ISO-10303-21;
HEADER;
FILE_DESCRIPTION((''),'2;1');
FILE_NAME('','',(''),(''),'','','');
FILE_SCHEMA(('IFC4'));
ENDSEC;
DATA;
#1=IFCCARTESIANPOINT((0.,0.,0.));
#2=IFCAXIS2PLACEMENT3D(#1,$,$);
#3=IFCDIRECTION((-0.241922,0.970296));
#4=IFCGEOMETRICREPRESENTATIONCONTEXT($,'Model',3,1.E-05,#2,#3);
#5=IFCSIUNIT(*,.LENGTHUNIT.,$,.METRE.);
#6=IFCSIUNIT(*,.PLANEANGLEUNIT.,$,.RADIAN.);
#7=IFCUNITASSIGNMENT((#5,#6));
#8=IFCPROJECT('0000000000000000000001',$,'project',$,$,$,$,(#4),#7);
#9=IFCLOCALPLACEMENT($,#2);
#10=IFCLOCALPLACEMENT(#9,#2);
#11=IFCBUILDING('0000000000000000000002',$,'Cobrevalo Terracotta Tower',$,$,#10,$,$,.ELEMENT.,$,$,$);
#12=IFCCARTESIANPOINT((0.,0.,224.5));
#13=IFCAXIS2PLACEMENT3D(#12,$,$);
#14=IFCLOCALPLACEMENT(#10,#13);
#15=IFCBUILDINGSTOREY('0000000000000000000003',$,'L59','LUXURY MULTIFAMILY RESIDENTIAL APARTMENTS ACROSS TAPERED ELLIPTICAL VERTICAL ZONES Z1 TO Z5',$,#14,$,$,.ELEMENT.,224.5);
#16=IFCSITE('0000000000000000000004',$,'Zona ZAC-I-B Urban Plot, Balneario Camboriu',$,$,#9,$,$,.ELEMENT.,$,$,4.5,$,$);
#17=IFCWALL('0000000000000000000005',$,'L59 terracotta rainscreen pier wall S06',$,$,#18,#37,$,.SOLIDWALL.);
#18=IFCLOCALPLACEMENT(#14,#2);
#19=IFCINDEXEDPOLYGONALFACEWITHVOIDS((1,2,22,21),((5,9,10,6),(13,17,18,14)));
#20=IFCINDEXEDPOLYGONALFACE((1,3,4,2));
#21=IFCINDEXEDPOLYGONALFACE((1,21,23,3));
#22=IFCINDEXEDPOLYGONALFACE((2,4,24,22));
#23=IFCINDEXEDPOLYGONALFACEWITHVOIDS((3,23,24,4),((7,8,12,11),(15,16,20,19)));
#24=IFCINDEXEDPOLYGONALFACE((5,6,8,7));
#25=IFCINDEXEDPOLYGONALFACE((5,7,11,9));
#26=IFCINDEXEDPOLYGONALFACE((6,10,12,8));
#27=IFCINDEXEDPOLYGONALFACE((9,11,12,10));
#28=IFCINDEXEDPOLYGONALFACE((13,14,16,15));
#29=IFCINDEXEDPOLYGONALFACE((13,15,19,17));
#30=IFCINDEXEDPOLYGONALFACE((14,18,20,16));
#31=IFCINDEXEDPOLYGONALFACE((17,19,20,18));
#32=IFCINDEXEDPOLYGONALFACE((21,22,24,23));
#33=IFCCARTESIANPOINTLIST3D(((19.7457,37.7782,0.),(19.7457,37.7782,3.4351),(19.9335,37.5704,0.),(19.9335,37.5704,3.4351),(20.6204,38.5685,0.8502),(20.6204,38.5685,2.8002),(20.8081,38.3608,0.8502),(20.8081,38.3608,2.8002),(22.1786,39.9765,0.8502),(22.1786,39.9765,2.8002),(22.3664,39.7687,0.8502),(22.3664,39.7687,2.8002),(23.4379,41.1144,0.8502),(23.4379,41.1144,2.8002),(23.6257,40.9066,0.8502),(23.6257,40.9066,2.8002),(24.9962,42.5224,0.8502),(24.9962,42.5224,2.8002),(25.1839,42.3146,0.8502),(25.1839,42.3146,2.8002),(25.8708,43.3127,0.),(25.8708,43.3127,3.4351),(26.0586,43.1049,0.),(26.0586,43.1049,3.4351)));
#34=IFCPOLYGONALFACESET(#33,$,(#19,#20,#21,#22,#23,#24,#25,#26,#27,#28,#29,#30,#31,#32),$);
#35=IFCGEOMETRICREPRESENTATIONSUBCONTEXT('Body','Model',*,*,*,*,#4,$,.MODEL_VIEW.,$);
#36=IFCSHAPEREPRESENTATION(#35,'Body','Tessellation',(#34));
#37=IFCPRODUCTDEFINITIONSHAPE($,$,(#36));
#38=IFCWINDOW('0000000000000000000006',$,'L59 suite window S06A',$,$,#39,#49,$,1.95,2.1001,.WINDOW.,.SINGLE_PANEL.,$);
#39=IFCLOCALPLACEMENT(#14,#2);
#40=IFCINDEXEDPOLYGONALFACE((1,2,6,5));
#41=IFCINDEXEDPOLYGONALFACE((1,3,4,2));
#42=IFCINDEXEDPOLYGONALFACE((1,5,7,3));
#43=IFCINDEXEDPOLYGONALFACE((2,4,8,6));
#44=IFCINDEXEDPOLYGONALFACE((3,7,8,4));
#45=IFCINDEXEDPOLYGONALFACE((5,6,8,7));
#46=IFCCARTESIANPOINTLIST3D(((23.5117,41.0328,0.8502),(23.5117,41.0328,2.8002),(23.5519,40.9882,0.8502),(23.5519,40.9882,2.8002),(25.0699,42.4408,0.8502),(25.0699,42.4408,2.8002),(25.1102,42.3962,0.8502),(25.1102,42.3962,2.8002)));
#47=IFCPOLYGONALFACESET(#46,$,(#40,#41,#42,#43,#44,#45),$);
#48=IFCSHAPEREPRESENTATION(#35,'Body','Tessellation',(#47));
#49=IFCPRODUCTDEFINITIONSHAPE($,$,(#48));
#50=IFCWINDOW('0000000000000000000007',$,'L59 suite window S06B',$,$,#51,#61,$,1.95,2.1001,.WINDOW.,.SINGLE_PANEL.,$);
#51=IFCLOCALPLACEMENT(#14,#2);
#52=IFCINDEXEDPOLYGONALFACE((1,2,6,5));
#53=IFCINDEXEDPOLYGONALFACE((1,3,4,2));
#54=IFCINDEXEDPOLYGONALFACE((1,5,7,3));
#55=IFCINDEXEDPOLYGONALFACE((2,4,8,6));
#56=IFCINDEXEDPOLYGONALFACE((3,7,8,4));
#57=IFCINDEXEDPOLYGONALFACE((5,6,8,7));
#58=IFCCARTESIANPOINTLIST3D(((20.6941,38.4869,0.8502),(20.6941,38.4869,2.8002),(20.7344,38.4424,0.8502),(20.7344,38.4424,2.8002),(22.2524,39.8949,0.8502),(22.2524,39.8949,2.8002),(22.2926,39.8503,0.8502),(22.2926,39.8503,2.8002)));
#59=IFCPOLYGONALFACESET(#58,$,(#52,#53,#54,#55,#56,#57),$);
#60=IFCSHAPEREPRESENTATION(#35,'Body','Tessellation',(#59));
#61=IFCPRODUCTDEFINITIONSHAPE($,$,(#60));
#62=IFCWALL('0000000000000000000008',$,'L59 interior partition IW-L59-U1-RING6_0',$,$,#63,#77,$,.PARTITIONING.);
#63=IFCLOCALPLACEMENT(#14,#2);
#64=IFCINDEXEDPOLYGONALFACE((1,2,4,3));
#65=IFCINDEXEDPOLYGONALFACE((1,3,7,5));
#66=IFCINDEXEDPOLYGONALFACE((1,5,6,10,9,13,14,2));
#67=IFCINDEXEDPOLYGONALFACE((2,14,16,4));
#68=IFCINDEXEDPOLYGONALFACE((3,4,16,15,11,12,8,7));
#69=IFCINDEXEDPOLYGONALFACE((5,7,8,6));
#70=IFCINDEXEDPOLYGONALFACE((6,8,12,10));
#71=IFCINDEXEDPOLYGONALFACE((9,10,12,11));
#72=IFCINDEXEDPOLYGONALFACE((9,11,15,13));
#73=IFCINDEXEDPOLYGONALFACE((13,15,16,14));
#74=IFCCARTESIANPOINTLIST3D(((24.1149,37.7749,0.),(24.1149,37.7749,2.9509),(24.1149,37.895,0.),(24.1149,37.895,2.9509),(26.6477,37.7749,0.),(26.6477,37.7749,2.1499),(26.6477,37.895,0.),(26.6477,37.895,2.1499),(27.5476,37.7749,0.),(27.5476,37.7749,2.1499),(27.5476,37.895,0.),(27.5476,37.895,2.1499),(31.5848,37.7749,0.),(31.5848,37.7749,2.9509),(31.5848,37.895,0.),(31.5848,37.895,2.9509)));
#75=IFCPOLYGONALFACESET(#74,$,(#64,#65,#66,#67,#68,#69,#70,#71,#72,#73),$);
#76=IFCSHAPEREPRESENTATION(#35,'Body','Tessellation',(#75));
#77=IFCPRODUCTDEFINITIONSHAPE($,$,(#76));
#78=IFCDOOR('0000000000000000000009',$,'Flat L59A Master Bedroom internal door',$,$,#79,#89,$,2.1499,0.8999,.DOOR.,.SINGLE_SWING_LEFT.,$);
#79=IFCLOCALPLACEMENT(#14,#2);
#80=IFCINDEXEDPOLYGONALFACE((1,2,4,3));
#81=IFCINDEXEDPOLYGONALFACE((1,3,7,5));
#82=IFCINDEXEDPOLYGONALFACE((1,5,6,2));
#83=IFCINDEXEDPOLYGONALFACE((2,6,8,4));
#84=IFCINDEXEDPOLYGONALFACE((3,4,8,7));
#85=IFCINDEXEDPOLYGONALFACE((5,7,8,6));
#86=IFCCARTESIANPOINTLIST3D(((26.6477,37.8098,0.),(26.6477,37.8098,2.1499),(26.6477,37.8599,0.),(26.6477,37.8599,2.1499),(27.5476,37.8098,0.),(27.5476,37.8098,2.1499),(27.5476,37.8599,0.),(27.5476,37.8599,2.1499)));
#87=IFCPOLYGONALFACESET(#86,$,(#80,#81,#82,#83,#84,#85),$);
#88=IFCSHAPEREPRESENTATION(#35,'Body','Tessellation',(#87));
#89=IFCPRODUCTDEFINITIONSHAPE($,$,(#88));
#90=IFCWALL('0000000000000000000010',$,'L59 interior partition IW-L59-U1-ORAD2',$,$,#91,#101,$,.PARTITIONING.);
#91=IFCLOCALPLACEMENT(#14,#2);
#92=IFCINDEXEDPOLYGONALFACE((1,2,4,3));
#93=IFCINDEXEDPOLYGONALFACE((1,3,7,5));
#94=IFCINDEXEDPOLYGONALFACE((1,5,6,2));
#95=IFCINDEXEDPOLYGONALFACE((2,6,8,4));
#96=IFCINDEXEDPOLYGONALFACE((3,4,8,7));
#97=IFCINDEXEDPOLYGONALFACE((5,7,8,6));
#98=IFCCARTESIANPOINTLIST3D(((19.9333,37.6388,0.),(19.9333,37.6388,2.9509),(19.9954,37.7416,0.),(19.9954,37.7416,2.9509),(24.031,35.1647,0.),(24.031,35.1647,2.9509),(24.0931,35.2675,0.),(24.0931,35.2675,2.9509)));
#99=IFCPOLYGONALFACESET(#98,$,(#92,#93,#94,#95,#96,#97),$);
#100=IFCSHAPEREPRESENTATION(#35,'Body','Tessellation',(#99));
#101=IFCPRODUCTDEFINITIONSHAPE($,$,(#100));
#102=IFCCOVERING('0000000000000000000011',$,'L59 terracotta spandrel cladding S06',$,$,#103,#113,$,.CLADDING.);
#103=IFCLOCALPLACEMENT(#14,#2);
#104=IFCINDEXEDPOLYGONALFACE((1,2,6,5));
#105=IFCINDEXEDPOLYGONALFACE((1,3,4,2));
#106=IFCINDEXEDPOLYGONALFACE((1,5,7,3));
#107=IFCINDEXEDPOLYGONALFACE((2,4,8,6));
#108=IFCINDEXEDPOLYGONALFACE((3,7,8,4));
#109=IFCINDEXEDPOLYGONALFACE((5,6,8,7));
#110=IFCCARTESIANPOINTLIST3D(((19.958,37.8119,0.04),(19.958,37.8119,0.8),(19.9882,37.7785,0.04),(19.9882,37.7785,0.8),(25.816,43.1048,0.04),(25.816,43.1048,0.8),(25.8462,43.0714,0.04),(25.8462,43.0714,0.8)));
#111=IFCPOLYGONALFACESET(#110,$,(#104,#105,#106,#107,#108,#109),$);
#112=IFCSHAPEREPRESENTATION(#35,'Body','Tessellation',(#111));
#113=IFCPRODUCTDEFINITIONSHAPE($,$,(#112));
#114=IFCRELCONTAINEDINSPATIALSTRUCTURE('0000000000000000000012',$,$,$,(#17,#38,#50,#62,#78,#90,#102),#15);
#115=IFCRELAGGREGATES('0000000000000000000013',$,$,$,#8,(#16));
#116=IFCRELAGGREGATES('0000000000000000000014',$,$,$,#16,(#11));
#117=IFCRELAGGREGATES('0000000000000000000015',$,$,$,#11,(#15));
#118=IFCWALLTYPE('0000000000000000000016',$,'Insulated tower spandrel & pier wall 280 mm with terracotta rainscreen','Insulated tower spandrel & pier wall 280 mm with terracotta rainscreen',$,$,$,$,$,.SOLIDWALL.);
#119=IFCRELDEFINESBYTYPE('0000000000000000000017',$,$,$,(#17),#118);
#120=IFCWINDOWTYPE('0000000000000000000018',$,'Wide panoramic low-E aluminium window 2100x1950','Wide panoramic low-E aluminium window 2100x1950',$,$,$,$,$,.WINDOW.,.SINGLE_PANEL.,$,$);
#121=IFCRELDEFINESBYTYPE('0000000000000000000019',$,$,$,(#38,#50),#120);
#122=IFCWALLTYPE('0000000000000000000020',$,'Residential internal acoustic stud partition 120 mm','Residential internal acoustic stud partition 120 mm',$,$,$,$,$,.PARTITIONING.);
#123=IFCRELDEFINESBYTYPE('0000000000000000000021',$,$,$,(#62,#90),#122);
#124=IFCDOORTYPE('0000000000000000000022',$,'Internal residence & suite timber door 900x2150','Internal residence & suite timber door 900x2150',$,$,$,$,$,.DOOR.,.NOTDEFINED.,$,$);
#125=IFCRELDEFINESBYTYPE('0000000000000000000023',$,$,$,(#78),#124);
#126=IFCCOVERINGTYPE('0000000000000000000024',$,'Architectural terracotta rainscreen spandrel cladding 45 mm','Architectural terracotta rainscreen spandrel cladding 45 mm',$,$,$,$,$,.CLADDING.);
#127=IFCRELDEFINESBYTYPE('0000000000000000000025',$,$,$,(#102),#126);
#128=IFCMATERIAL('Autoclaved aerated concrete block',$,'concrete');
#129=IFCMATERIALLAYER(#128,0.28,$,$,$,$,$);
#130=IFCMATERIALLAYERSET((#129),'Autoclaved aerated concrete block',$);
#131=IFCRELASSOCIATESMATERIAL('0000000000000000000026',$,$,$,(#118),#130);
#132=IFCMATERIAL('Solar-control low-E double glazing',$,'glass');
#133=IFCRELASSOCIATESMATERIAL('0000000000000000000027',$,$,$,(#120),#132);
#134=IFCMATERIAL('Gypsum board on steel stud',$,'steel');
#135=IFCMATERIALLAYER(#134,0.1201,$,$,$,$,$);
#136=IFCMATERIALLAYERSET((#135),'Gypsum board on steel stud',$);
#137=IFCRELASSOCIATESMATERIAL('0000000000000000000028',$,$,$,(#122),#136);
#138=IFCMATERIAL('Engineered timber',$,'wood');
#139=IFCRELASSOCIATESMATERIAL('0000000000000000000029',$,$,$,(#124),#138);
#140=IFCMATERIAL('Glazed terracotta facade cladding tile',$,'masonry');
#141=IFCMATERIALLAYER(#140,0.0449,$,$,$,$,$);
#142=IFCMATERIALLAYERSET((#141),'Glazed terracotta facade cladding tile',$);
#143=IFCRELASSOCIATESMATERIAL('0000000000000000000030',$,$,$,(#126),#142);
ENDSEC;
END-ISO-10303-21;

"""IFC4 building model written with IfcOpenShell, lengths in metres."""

from ifc_helpers import new_model, si_unit, direction, frame, frame_2d, origin, origin_2d, place, context, subcontext, project, spatial, rectangle, extrude, source, transform, mapped, material, layer, layer_set, type_object, element, fill, save


model = new_model("IFC4")

# Units and contexts
model_context = context("Model", 3, precision=1e-05, world=origin(), true_north=direction((-0.241922, 0.970296)))
body_context = subcontext(model_context, "Body", "Model", "MODEL_VIEW")
ifc_project = project(units=[si_unit("LENGTHUNIT", "METRE"), si_unit("PLANEANGLEUNIT", "RADIAN")], contexts=[model_context])

# Site, building, storey
site_placement = place(None, origin())
site = spatial("IfcSite", under=ifc_project, at=site_placement, Name="Zona ZAC-I-B Urban Plot, Balneario Camboriu", CompositionType="ELEMENT", RefElevation=4.5)
building_placement = place(site_placement, origin())
building = spatial("IfcBuilding", under=site, at=building_placement, Name="Cobrevalo Terracotta Tower", CompositionType="ELEMENT")
storey_placement = place(building_placement, frame((0.0, 0.0, 224.5)))
storey = spatial("IfcBuildingStorey", under=building, at=storey_placement, Name="L59", Description="LUXURY MULTIFAMILY RESIDENTIAL APARTMENTS ACROSS TAPERED ELLIPTICAL VERTICAL ZONES Z1 TO Z5", CompositionType="ELEMENT", Elevation=224.5)

# Shared definitions
ifc_material_1 = material(Name="Solar-control low-E double glazing", Category="glass")

# Wall, openings, windows
ifc_material_2 = material(Name="Autoclaved aerated concrete block", Category="concrete")
ifc_layer_1 = layer(ifc_material_2, 0.28)
ifc_layer_set_1 = layer_set([ifc_layer_1], Name="Autoclaved aerated concrete block")
wall_type_1 = type_object("IfcWallType", Name="Insulated tower spandrel & pier wall 280 mm with terracotta rainscreen", Description="Insulated tower spandrel & pier wall 280 mm with terracotta rainscreen", PredefinedType="SOLIDWALL", material=ifc_layer_set_1)
wall_1_placement = place(storey_placement, frame((25.9646, 43.2087, 0.0), z_axis=(0.0, 0.0, 1.0), x_axis=(-0.741972, -0.670431, 0.0)))
wall_1 = element("IfcWall", 1, at=wall_1_placement, inside=storey, type_object=wall_type_1, Name="L59 terracotta rainscreen pier wall S06", PredefinedType="SOLIDWALL", context=body_context, shape_type="SweptSolid", body=[
    extrude(rectangle(XDim=8.2551, YDim=0.28, at=frame_2d((4.1274, 0.0))), origin(), (0.0, 0.0, 1.0), 3.4351),
])
opening_1_placement = place(wall_1_placement, frame((1.1787, 0.0, 0.8501)))
opening_1 = element("IfcOpeningElement", 2, at=opening_1_placement, cuts=wall_1, PredefinedType="OPENING", context=body_context, shape_type="SweptSolid", body=[
    extrude(rectangle(XDim=2.1001, YDim=1.95, at=frame_2d((1.05, 0.9751))), frame((0.0, 0.1499, 0.0), z_axis=(0.0, -1.0, 0.0), x_axis=(1.0, 0.0, 0.0)), (0.0, 0.0, 1.0), 0.3),
])
opening_2_placement = place(wall_1_placement, frame((4.9761, 0.0, 0.8501)))
opening_2 = element("IfcOpeningElement", 3, at=opening_2_placement, cuts=wall_1, PredefinedType="OPENING", context=body_context, shape_type="SweptSolid", body=[
    extrude(rectangle(XDim=2.1001, YDim=1.95, at=frame_2d((1.05, 0.9751))), frame((0.0, 0.1499, 0.0), z_axis=(0.0, -1.0, 0.0), x_axis=(1.0, 0.0, 0.0)), (0.0, 0.0, 1.0), 0.3),
])
window_type = type_object("IfcWindowType", Name="Wide panoramic low-E aluminium window 2100x1950", Description="Wide panoramic low-E aluminium window 2100x1950", PartitioningType="SINGLE_PANEL", PredefinedType="WINDOW", material=ifc_material_1)
shared_shape_1 = source(origin(), body_context, "Body", "SweptSolid", [
    extrude(rectangle(XDim=2.1001, YDim=1.95, at=frame_2d((1.05, 0.9751))), frame((0.0, 0.03, 0.0), z_axis=(0.0, -1.0, 0.0), x_axis=(1.0, 0.0, 0.0)), (0.0, 0.0, 1.0), 0.0601),
])
window_1_placement = place(opening_1_placement, origin())
window_1 = element("IfcWindow", 4, at=window_1_placement, inside=storey, type_object=window_type, Name="L59 suite window S06A", OverallHeight=1.95, OverallWidth=2.1001, PartitioningType="SINGLE_PANEL", PredefinedType="WINDOW", context=body_context, shape_type="MappedRepresentation", body=[
    mapped(shared_shape_1, transform((0.0, 0.0, 0.0), scale=1.0)),
])
fill(opening_1, window_1)
window_2_placement = place(opening_2_placement, origin())
window_2 = element("IfcWindow", 5, at=window_2_placement, inside=storey, type_object=window_type, Name="L59 suite window S06B", OverallHeight=1.95, OverallWidth=2.1001, PartitioningType="SINGLE_PANEL", PredefinedType="WINDOW", context=body_context, shape_type="MappedRepresentation", body=[
    mapped(shared_shape_1, transform((0.0, 0.0, 0.0), scale=1.0)),
])
fill(opening_2, window_2)

# Wall, opening, door
ifc_material_3 = material(Name="Gypsum board on steel stud", Category="steel")
ifc_layer_2 = layer(ifc_material_3, 0.1201)
ifc_layer_set_2 = layer_set([ifc_layer_2], Name="Gypsum board on steel stud")
wall_type_2 = type_object("IfcWallType", Name="Residential internal acoustic stud partition 120 mm", Description="Residential internal acoustic stud partition 120 mm", PredefinedType="PARTITIONING", material=ifc_layer_set_2)
wall_2_placement = place(storey_placement, frame((24.115, 37.835, 0.0), z_axis=(0.0, 0.0, 1.0), x_axis=(1.0, 0.0, 0.0)))
wall_2 = element("IfcWall", 6, at=wall_2_placement, inside=storey, type_object=wall_type_2, Name="L59 interior partition IW-L59-U1-RING6_0", PredefinedType="PARTITIONING", context=body_context, shape_type="SweptSolid", body=[
    extrude(rectangle(XDim=7.47, YDim=0.1201, at=frame_2d((3.7349, 0.0))), origin(), (0.0, 0.0, 1.0), 2.9509),
])
opening_3_placement = place(wall_2_placement, frame((2.5327, 0.0, 0.0)))
opening_3 = element("IfcOpeningElement", 7, at=opening_3_placement, cuts=wall_2, PredefinedType="OPENING", context=body_context, shape_type="SweptSolid", body=[
    extrude(rectangle(XDim=0.8999, YDim=2.1499, at=frame_2d((0.45, 1.075))), frame((0.0, 0.0701, 0.0), z_axis=(0.0, -1.0, 0.0), x_axis=(1.0, 0.0, 0.0)), (0.0, 0.0, 1.0), 0.1401),
])
ifc_material_4 = material(Name="Engineered timber", Category="wood")
door_type = type_object("IfcDoorType", Name="Internal residence & suite timber door 900x2150", Description="Internal residence & suite timber door 900x2150", OperationType="NOTDEFINED", PredefinedType="DOOR", material=ifc_material_4)
shared_shape_2 = source(origin(), body_context, "Body", "SweptSolid", [
    extrude(rectangle(XDim=0.8999, YDim=2.1499, at=frame_2d((0.45, 1.075))), frame((0.0, 0.0249, 0.0), z_axis=(0.0, -1.0, 0.0), x_axis=(1.0, 0.0, 0.0)), (0.0, 0.0, 1.0), 0.05),
])
door_placement = place(opening_3_placement, origin())
door = element("IfcDoor", 8, at=door_placement, inside=storey, type_object=door_type, Name="Flat L59A Master Bedroom internal door", OperationType="SINGLE_SWING_LEFT", OverallHeight=2.1499, OverallWidth=0.8999, PredefinedType="DOOR", context=body_context, shape_type="MappedRepresentation", body=[
    mapped(shared_shape_2, transform((0.0, 0.0, 0.0), scale=1.0)),
])
fill(opening_3, door)

# Wall
wall_3_placement = place(storey_placement, frame((24.062, 35.2161, 0.0), z_axis=(0.0, 0.0, 1.0), x_axis=(-0.856058, 0.516879, 0.0)))
element("IfcWall", 9, at=wall_3_placement, inside=storey, type_object=wall_type_2, Name="L59 interior partition IW-L59-U1-ORAD2", PredefinedType="PARTITIONING", context=body_context, shape_type="SweptSolid", body=[
    extrude(rectangle(XDim=4.7866, YDim=0.1201, at=frame_2d((2.3933, 0.0))), origin(), (0.0, 0.0, 1.0), 2.9509),
])

# Covering
ifc_material_5 = material(Name="Glazed terracotta facade cladding tile", Category="masonry")
ifc_layer_3 = layer(ifc_material_5, 0.0449)
ifc_layer_set_3 = layer_set([ifc_layer_3], Name="Glazed terracotta facade cladding tile")
covering_type = type_object("IfcCoveringType", Name="Architectural terracotta rainscreen spandrel cladding 45 mm", Description="Architectural terracotta rainscreen spandrel cladding 45 mm", PredefinedType="CLADDING", material=ifc_layer_set_3)
shared_shape_3 = source(origin(), body_context, "Body", "SweptSolid", [
    extrude(rectangle(XDim=7.895, YDim=0.0449, at=origin_2d()), origin(), (0.0, 0.0, 1.0), 0.76),
])
covering_placement = place(storey_placement, frame((22.9021, 40.4417, 0.04), z_axis=(0.0, 0.0, 1.0), x_axis=(-0.741988, -0.670414, 0.0)))
element("IfcCovering", 10, at=covering_placement, inside=storey, type_object=covering_type, Name="L59 terracotta spandrel cladding S06", PredefinedType="CLADDING", context=body_context, shape_type="MappedRepresentation", body=[
    mapped(shared_shape_3, transform((0.0, 0.0, 0.0), scale=1.0)),
])

save(model, "model.ifc")
